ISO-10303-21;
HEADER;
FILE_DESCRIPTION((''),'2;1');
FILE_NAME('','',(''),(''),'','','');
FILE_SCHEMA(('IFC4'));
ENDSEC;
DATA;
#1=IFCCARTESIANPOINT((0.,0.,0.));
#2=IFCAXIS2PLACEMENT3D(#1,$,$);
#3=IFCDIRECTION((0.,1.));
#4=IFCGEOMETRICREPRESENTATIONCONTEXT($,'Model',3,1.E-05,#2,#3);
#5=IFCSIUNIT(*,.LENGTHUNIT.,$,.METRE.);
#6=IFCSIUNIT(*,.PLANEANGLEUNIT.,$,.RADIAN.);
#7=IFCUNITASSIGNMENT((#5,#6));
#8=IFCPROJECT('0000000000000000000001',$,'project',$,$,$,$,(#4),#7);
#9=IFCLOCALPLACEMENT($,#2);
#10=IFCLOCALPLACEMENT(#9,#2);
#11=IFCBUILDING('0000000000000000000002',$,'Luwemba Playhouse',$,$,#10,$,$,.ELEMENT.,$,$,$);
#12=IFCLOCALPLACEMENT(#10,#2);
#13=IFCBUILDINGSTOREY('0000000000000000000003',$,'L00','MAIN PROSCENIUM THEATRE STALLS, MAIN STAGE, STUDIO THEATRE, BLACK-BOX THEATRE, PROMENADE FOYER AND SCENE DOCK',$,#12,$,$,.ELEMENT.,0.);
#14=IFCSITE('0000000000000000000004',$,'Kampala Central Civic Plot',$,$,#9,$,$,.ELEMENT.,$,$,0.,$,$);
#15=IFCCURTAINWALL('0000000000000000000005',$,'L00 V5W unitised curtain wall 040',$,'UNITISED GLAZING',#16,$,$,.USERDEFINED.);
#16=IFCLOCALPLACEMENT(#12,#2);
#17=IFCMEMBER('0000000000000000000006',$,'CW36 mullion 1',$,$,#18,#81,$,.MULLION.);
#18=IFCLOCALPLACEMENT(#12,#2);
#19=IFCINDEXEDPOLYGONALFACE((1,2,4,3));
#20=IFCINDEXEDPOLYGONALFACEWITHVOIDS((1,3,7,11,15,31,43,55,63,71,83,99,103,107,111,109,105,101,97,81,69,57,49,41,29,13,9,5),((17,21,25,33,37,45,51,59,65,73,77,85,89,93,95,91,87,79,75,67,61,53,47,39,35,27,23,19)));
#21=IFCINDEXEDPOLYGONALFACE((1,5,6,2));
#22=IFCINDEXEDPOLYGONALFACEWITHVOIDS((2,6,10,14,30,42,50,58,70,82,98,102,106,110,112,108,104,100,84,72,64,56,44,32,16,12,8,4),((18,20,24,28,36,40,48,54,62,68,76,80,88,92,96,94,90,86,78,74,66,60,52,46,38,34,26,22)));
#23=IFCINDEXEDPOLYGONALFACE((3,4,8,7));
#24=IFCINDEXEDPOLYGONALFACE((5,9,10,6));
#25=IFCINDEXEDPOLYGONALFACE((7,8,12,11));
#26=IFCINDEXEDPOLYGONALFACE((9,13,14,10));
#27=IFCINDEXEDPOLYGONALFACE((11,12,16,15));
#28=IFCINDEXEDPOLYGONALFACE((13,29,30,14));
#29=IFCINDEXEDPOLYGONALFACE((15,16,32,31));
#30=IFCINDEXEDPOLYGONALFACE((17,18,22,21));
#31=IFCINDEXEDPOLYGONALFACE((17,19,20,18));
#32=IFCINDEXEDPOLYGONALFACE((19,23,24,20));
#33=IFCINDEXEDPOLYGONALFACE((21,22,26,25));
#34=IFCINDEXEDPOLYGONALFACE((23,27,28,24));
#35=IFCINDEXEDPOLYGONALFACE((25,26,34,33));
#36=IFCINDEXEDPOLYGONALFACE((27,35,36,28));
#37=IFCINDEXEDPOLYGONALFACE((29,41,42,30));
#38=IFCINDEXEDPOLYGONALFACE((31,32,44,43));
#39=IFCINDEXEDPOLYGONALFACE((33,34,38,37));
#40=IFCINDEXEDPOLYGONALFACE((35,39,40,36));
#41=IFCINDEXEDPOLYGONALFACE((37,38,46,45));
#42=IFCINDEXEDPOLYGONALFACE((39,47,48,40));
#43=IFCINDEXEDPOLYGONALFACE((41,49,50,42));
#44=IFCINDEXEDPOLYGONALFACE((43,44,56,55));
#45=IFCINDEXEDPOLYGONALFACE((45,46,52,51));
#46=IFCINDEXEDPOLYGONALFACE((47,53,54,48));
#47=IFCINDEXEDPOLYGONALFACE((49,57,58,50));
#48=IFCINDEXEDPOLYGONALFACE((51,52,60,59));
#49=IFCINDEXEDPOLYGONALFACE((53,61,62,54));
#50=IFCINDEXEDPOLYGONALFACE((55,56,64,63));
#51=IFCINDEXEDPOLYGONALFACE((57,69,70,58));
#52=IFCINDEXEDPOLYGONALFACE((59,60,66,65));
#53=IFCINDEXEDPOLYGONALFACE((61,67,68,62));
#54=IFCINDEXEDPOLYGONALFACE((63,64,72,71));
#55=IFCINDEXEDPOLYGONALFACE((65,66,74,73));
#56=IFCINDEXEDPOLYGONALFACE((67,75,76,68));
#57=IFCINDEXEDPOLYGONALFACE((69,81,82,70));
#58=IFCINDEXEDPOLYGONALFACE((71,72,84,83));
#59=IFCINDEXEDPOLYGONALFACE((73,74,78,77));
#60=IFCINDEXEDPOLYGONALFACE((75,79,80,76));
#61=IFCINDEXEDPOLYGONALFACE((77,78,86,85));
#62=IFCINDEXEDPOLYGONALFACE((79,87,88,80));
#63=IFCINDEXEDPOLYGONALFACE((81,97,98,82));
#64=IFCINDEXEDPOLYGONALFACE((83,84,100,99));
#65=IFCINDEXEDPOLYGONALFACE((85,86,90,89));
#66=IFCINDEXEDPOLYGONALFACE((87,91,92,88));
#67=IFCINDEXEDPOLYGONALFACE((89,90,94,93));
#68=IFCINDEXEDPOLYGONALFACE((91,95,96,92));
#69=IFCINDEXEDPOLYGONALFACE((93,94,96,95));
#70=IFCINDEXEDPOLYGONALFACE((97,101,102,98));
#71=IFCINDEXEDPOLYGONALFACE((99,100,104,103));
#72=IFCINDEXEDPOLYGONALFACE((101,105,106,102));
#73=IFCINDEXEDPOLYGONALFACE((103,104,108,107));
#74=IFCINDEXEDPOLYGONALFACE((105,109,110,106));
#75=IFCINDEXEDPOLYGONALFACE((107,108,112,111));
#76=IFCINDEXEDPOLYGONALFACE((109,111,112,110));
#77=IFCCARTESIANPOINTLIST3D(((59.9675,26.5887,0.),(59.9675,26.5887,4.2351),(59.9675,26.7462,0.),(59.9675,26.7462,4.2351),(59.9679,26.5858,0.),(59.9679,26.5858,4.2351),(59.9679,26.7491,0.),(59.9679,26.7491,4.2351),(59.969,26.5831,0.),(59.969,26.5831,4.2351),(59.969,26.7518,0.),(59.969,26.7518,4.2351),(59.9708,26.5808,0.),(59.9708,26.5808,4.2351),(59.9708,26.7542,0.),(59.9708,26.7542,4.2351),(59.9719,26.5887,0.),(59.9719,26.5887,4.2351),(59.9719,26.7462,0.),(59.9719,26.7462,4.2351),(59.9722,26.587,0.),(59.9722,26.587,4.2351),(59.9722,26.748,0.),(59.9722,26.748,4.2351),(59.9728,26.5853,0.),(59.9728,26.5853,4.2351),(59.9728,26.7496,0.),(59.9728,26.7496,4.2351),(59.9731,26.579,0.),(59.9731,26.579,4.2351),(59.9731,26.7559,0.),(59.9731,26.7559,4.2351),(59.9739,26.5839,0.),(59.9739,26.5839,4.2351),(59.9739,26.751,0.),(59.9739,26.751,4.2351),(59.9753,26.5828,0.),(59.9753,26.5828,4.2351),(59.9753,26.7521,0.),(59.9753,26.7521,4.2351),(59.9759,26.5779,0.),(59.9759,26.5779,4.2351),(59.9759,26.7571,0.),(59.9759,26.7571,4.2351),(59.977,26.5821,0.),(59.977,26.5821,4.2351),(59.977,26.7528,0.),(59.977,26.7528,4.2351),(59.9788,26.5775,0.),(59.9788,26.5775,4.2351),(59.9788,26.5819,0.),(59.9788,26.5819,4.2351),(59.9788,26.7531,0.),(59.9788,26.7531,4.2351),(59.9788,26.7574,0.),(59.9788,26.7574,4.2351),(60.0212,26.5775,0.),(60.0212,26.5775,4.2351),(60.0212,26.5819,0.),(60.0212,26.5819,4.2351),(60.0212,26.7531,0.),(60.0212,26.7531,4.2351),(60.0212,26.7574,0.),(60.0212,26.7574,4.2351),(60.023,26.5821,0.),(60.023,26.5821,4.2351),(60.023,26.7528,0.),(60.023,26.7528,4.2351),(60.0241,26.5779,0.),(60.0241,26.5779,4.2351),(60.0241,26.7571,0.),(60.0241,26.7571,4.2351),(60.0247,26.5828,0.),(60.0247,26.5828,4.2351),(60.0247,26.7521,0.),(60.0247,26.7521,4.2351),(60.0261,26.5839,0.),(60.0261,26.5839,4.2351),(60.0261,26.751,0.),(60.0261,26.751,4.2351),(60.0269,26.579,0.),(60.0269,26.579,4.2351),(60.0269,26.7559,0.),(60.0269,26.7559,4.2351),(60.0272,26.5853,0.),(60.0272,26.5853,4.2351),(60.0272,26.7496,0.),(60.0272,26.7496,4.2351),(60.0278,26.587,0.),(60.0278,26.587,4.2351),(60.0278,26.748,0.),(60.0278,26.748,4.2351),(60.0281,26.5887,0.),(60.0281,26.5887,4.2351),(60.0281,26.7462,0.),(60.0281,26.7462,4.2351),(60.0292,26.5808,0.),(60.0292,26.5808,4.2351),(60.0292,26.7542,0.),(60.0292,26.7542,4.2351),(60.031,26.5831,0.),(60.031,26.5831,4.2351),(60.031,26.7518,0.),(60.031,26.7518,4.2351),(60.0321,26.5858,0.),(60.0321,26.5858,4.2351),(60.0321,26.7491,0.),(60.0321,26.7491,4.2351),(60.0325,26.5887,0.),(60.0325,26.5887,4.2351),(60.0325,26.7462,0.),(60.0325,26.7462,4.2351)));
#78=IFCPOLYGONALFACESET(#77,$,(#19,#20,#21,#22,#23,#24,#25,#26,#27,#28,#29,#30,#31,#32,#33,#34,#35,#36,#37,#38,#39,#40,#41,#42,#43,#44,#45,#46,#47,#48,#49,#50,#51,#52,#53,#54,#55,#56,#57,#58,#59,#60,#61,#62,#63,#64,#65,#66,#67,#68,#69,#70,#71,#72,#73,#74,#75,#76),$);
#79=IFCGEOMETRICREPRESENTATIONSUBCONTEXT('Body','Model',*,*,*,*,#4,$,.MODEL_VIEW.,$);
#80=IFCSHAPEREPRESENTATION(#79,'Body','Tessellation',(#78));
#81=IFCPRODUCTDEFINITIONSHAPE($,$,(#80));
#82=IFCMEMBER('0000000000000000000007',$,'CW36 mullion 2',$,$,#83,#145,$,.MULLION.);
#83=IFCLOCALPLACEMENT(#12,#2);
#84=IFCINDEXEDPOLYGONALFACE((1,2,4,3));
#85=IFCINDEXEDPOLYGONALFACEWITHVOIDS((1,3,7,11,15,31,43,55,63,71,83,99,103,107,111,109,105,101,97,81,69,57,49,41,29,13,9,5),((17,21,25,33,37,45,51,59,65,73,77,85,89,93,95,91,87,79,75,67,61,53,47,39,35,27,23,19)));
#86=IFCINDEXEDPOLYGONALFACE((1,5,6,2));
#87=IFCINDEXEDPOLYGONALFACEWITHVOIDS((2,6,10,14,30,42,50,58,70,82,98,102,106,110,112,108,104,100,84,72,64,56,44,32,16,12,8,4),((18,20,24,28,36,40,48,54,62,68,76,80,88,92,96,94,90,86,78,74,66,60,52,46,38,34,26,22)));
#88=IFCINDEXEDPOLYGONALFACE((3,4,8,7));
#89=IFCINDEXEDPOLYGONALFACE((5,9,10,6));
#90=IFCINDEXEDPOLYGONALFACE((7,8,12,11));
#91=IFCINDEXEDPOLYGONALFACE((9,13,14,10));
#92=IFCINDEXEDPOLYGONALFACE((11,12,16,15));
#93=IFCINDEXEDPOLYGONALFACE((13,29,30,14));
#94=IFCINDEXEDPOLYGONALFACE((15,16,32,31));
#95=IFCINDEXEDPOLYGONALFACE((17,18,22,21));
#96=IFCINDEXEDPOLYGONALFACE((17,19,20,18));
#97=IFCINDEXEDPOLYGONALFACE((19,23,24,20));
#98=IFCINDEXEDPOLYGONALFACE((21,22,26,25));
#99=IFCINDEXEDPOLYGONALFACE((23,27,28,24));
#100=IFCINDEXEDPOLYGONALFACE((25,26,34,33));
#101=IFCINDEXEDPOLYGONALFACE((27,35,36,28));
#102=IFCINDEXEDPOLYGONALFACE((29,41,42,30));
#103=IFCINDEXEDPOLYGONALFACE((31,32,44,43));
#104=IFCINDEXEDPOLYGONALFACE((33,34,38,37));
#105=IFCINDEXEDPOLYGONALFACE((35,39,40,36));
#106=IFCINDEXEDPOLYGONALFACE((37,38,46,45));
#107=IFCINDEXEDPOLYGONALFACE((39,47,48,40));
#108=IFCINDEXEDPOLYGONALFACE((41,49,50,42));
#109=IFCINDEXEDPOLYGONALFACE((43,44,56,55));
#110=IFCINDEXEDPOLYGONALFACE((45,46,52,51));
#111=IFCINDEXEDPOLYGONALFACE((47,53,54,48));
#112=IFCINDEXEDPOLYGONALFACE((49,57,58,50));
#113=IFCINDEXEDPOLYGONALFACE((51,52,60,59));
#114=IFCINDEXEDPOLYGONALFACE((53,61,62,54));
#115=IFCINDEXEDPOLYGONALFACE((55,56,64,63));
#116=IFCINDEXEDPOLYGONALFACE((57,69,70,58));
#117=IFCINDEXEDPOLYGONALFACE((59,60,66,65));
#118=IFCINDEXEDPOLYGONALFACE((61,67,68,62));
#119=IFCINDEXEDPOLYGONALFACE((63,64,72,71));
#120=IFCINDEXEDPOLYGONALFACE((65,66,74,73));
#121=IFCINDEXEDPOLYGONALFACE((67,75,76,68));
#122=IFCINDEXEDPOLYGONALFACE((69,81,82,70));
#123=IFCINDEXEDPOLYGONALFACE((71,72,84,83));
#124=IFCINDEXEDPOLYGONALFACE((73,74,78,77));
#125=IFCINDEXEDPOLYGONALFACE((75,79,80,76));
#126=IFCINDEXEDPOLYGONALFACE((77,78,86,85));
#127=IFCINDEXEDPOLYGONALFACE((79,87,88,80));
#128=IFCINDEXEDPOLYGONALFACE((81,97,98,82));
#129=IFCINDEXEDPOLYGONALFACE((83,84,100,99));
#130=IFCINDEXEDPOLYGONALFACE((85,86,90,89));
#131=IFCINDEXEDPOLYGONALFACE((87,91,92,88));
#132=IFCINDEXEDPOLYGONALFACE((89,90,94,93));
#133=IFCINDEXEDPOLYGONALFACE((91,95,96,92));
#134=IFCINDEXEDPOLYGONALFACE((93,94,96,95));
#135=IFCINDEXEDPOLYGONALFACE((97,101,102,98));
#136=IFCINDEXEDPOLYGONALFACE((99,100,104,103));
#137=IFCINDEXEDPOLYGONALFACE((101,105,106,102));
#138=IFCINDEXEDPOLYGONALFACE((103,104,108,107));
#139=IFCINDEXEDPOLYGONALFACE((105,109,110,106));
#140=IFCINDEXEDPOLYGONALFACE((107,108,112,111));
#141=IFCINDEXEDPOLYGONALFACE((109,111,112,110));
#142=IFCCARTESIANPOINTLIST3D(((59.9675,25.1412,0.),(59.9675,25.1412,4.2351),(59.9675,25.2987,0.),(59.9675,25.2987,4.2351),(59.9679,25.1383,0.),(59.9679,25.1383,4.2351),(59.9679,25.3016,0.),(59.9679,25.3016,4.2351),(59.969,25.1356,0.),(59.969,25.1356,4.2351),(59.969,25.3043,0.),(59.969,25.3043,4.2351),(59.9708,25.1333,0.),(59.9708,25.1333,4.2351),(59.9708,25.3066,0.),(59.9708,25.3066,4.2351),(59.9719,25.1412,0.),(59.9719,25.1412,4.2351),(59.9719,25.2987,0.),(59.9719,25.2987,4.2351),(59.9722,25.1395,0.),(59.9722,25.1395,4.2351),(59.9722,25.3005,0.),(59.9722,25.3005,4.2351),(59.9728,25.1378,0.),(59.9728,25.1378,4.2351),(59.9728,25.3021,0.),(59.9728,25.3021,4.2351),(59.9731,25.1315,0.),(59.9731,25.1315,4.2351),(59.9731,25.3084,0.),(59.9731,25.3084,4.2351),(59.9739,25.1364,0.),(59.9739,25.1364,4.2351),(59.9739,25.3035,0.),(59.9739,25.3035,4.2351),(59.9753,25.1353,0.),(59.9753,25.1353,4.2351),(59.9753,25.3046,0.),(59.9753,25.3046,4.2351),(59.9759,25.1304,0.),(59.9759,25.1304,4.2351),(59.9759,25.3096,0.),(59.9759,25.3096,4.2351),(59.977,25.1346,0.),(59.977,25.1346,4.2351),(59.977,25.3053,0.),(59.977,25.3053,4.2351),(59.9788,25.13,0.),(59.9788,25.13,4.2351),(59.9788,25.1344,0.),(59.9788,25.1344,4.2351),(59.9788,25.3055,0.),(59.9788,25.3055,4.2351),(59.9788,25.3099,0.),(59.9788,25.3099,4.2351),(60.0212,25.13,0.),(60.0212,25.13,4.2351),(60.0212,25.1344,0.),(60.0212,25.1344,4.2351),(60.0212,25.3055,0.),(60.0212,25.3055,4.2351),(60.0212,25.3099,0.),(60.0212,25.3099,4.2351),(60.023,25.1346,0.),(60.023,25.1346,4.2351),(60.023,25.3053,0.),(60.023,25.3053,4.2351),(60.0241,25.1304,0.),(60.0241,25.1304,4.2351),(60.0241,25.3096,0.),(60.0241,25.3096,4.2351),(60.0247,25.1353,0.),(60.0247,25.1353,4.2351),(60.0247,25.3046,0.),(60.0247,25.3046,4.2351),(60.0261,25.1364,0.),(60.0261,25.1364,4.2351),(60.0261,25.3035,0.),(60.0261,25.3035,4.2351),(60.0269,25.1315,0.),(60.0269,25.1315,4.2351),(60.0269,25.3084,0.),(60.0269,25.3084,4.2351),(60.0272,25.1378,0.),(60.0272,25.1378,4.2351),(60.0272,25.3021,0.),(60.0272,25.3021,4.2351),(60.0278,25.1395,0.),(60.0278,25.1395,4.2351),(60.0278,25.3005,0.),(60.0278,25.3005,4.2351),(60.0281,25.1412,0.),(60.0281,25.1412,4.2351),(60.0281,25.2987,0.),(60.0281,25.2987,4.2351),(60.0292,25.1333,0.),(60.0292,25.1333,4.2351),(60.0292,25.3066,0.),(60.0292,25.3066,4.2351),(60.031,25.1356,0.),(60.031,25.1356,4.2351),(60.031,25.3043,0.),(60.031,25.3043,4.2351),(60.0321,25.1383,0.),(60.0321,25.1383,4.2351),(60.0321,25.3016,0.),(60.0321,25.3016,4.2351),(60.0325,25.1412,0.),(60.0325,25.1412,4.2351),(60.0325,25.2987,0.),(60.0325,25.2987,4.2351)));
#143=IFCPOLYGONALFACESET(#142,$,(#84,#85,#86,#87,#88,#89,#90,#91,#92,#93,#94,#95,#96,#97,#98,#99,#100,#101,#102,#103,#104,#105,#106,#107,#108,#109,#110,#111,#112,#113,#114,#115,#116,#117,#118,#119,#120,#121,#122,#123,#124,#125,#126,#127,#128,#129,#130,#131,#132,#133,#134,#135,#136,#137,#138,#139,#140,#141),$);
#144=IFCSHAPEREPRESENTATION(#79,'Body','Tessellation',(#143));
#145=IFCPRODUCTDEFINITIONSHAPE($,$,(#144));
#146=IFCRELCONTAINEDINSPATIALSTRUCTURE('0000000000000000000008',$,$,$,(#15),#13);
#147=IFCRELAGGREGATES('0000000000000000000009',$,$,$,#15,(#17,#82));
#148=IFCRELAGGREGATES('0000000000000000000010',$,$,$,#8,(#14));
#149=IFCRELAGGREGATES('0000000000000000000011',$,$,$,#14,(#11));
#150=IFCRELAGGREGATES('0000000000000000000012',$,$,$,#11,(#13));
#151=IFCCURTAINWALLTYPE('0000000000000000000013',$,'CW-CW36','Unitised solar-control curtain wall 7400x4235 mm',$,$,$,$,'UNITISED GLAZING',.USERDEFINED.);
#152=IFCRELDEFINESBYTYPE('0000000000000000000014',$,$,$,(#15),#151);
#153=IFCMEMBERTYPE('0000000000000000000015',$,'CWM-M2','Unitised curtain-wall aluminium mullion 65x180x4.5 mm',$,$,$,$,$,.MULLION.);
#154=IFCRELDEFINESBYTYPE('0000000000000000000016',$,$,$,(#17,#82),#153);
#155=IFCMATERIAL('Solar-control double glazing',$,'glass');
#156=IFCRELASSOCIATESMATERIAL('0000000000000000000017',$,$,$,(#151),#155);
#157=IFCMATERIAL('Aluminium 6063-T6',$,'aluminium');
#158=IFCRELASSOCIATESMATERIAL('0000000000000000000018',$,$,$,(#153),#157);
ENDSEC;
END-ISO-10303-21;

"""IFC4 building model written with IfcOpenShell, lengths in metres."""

from ifc_helpers import new_model, si_unit, direction, frame, origin, origin_2d, place, context, subcontext, project, spatial, hollow_rectangle, extrude, material, material_profile, profile_set, type_object, element, aggregate, save


model = new_model("IFC4")

# Units and contexts
model_context = context("Model", 3, precision=1e-05, world=origin(), true_north=direction((0.0, 1.0)))
body_context = subcontext(model_context, "Body", "Model", "MODEL_VIEW")
ifc_project = project(units=[si_unit("LENGTHUNIT", "METRE"), si_unit("PLANEANGLEUNIT", "RADIAN")], contexts=[model_context])

# Site, building, storey
site_placement = place(None, origin())
site = spatial("IfcSite", under=ifc_project, at=site_placement, Name="Kampala Central Civic Plot", CompositionType="ELEMENT", RefElevation=0.0)
building_placement = place(site_placement, origin())
building = spatial("IfcBuilding", under=site, at=building_placement, Name="Luwemba Playhouse", CompositionType="ELEMENT")
storey_placement = place(building_placement, origin())
storey = spatial("IfcBuildingStorey", under=building, at=storey_placement, Name="L00", Description="MAIN PROSCENIUM THEATRE STALLS, MAIN STAGE, STUDIO THEATRE, BLACK-BOX THEATRE, PROMENADE FOYER AND SCENE DOCK", CompositionType="ELEMENT", Elevation=0.0)

# Curtain wall, members
ifc_material_1 = material(Name="Solar-control double glazing", Category="glass")
curtain_wall_type = type_object("IfcCurtainWallType", Name="CW-CW36", Description="Unitised solar-control curtain wall 7400x4235 mm", ElementType="UNITISED GLAZING", PredefinedType="USERDEFINED", material=ifc_material_1)
curtain_wall_placement = place(storey_placement, origin())
curtain_wall = element("IfcCurtainWall", 1, at=curtain_wall_placement, inside=storey, type_object=curtain_wall_type, Name="L00 V5W unitised curtain wall 040", ObjectType="UNITISED GLAZING", PredefinedType="USERDEFINED")
ifc_material_2 = material(Name="Aluminium 6063-T6", Category="aluminium")
ifc_material_profile_1 = material_profile(ifc_material_2, hollow_rectangle(XDim=0.0649, YDim=0.1799, WallThickness=0.0044, InnerFilletRadius=0.0068, OuterFilletRadius=0.0112, at=origin_2d()))
ifc_profile_set_1 = profile_set([ifc_material_profile_1], Name="Aluminium 6063-T6")
member_type_1 = type_object("IfcMemberType", Name="CWM-M2", Description="Unitised curtain-wall aluminium mullion 65x180x4.5 mm", PredefinedType="MULLION", material=ifc_profile_set_1)
member_1_placement = place(storey_placement, frame((60.0, 26.6675, 0.0), z_axis=(0.0, 0.0, 1.0), x_axis=(1.0, 0.0, 0.0)))
member_1 = element("IfcMember", 2, at=member_1_placement, type_object=member_type_1, Name="CW36 mullion 1", PredefinedType="MULLION", context=body_context, shape_type="SweptSolid", body=[
    extrude(hollow_rectangle(XDim=0.0649, YDim=0.1799, WallThickness=0.0044, InnerFilletRadius=0.0068, OuterFilletRadius=0.0112, at=origin_2d()), origin(), (0.0, 0.0, 1.0), 4.2351),
])
member_2_placement = place(storey_placement, frame((60.0, 25.22, 0.0), z_axis=(0.0, 0.0, 1.0), x_axis=(1.0, 0.0, 0.0)))
member_2 = element("IfcMember", 3, at=member_2_placement, type_object=member_type_1, Name="CW36 mullion 2", PredefinedType="MULLION", context=body_context, shape_type="SweptSolid", body=[
    extrude(hollow_rectangle(XDim=0.0649, YDim=0.1799, WallThickness=0.0044, InnerFilletRadius=0.0068, OuterFilletRadius=0.0112, at=origin_2d()), origin(), (0.0, 0.0, 1.0), 4.2351),
])
aggregate(curtain_wall, [member_1, member_2])

save(model, "model.ifc")
